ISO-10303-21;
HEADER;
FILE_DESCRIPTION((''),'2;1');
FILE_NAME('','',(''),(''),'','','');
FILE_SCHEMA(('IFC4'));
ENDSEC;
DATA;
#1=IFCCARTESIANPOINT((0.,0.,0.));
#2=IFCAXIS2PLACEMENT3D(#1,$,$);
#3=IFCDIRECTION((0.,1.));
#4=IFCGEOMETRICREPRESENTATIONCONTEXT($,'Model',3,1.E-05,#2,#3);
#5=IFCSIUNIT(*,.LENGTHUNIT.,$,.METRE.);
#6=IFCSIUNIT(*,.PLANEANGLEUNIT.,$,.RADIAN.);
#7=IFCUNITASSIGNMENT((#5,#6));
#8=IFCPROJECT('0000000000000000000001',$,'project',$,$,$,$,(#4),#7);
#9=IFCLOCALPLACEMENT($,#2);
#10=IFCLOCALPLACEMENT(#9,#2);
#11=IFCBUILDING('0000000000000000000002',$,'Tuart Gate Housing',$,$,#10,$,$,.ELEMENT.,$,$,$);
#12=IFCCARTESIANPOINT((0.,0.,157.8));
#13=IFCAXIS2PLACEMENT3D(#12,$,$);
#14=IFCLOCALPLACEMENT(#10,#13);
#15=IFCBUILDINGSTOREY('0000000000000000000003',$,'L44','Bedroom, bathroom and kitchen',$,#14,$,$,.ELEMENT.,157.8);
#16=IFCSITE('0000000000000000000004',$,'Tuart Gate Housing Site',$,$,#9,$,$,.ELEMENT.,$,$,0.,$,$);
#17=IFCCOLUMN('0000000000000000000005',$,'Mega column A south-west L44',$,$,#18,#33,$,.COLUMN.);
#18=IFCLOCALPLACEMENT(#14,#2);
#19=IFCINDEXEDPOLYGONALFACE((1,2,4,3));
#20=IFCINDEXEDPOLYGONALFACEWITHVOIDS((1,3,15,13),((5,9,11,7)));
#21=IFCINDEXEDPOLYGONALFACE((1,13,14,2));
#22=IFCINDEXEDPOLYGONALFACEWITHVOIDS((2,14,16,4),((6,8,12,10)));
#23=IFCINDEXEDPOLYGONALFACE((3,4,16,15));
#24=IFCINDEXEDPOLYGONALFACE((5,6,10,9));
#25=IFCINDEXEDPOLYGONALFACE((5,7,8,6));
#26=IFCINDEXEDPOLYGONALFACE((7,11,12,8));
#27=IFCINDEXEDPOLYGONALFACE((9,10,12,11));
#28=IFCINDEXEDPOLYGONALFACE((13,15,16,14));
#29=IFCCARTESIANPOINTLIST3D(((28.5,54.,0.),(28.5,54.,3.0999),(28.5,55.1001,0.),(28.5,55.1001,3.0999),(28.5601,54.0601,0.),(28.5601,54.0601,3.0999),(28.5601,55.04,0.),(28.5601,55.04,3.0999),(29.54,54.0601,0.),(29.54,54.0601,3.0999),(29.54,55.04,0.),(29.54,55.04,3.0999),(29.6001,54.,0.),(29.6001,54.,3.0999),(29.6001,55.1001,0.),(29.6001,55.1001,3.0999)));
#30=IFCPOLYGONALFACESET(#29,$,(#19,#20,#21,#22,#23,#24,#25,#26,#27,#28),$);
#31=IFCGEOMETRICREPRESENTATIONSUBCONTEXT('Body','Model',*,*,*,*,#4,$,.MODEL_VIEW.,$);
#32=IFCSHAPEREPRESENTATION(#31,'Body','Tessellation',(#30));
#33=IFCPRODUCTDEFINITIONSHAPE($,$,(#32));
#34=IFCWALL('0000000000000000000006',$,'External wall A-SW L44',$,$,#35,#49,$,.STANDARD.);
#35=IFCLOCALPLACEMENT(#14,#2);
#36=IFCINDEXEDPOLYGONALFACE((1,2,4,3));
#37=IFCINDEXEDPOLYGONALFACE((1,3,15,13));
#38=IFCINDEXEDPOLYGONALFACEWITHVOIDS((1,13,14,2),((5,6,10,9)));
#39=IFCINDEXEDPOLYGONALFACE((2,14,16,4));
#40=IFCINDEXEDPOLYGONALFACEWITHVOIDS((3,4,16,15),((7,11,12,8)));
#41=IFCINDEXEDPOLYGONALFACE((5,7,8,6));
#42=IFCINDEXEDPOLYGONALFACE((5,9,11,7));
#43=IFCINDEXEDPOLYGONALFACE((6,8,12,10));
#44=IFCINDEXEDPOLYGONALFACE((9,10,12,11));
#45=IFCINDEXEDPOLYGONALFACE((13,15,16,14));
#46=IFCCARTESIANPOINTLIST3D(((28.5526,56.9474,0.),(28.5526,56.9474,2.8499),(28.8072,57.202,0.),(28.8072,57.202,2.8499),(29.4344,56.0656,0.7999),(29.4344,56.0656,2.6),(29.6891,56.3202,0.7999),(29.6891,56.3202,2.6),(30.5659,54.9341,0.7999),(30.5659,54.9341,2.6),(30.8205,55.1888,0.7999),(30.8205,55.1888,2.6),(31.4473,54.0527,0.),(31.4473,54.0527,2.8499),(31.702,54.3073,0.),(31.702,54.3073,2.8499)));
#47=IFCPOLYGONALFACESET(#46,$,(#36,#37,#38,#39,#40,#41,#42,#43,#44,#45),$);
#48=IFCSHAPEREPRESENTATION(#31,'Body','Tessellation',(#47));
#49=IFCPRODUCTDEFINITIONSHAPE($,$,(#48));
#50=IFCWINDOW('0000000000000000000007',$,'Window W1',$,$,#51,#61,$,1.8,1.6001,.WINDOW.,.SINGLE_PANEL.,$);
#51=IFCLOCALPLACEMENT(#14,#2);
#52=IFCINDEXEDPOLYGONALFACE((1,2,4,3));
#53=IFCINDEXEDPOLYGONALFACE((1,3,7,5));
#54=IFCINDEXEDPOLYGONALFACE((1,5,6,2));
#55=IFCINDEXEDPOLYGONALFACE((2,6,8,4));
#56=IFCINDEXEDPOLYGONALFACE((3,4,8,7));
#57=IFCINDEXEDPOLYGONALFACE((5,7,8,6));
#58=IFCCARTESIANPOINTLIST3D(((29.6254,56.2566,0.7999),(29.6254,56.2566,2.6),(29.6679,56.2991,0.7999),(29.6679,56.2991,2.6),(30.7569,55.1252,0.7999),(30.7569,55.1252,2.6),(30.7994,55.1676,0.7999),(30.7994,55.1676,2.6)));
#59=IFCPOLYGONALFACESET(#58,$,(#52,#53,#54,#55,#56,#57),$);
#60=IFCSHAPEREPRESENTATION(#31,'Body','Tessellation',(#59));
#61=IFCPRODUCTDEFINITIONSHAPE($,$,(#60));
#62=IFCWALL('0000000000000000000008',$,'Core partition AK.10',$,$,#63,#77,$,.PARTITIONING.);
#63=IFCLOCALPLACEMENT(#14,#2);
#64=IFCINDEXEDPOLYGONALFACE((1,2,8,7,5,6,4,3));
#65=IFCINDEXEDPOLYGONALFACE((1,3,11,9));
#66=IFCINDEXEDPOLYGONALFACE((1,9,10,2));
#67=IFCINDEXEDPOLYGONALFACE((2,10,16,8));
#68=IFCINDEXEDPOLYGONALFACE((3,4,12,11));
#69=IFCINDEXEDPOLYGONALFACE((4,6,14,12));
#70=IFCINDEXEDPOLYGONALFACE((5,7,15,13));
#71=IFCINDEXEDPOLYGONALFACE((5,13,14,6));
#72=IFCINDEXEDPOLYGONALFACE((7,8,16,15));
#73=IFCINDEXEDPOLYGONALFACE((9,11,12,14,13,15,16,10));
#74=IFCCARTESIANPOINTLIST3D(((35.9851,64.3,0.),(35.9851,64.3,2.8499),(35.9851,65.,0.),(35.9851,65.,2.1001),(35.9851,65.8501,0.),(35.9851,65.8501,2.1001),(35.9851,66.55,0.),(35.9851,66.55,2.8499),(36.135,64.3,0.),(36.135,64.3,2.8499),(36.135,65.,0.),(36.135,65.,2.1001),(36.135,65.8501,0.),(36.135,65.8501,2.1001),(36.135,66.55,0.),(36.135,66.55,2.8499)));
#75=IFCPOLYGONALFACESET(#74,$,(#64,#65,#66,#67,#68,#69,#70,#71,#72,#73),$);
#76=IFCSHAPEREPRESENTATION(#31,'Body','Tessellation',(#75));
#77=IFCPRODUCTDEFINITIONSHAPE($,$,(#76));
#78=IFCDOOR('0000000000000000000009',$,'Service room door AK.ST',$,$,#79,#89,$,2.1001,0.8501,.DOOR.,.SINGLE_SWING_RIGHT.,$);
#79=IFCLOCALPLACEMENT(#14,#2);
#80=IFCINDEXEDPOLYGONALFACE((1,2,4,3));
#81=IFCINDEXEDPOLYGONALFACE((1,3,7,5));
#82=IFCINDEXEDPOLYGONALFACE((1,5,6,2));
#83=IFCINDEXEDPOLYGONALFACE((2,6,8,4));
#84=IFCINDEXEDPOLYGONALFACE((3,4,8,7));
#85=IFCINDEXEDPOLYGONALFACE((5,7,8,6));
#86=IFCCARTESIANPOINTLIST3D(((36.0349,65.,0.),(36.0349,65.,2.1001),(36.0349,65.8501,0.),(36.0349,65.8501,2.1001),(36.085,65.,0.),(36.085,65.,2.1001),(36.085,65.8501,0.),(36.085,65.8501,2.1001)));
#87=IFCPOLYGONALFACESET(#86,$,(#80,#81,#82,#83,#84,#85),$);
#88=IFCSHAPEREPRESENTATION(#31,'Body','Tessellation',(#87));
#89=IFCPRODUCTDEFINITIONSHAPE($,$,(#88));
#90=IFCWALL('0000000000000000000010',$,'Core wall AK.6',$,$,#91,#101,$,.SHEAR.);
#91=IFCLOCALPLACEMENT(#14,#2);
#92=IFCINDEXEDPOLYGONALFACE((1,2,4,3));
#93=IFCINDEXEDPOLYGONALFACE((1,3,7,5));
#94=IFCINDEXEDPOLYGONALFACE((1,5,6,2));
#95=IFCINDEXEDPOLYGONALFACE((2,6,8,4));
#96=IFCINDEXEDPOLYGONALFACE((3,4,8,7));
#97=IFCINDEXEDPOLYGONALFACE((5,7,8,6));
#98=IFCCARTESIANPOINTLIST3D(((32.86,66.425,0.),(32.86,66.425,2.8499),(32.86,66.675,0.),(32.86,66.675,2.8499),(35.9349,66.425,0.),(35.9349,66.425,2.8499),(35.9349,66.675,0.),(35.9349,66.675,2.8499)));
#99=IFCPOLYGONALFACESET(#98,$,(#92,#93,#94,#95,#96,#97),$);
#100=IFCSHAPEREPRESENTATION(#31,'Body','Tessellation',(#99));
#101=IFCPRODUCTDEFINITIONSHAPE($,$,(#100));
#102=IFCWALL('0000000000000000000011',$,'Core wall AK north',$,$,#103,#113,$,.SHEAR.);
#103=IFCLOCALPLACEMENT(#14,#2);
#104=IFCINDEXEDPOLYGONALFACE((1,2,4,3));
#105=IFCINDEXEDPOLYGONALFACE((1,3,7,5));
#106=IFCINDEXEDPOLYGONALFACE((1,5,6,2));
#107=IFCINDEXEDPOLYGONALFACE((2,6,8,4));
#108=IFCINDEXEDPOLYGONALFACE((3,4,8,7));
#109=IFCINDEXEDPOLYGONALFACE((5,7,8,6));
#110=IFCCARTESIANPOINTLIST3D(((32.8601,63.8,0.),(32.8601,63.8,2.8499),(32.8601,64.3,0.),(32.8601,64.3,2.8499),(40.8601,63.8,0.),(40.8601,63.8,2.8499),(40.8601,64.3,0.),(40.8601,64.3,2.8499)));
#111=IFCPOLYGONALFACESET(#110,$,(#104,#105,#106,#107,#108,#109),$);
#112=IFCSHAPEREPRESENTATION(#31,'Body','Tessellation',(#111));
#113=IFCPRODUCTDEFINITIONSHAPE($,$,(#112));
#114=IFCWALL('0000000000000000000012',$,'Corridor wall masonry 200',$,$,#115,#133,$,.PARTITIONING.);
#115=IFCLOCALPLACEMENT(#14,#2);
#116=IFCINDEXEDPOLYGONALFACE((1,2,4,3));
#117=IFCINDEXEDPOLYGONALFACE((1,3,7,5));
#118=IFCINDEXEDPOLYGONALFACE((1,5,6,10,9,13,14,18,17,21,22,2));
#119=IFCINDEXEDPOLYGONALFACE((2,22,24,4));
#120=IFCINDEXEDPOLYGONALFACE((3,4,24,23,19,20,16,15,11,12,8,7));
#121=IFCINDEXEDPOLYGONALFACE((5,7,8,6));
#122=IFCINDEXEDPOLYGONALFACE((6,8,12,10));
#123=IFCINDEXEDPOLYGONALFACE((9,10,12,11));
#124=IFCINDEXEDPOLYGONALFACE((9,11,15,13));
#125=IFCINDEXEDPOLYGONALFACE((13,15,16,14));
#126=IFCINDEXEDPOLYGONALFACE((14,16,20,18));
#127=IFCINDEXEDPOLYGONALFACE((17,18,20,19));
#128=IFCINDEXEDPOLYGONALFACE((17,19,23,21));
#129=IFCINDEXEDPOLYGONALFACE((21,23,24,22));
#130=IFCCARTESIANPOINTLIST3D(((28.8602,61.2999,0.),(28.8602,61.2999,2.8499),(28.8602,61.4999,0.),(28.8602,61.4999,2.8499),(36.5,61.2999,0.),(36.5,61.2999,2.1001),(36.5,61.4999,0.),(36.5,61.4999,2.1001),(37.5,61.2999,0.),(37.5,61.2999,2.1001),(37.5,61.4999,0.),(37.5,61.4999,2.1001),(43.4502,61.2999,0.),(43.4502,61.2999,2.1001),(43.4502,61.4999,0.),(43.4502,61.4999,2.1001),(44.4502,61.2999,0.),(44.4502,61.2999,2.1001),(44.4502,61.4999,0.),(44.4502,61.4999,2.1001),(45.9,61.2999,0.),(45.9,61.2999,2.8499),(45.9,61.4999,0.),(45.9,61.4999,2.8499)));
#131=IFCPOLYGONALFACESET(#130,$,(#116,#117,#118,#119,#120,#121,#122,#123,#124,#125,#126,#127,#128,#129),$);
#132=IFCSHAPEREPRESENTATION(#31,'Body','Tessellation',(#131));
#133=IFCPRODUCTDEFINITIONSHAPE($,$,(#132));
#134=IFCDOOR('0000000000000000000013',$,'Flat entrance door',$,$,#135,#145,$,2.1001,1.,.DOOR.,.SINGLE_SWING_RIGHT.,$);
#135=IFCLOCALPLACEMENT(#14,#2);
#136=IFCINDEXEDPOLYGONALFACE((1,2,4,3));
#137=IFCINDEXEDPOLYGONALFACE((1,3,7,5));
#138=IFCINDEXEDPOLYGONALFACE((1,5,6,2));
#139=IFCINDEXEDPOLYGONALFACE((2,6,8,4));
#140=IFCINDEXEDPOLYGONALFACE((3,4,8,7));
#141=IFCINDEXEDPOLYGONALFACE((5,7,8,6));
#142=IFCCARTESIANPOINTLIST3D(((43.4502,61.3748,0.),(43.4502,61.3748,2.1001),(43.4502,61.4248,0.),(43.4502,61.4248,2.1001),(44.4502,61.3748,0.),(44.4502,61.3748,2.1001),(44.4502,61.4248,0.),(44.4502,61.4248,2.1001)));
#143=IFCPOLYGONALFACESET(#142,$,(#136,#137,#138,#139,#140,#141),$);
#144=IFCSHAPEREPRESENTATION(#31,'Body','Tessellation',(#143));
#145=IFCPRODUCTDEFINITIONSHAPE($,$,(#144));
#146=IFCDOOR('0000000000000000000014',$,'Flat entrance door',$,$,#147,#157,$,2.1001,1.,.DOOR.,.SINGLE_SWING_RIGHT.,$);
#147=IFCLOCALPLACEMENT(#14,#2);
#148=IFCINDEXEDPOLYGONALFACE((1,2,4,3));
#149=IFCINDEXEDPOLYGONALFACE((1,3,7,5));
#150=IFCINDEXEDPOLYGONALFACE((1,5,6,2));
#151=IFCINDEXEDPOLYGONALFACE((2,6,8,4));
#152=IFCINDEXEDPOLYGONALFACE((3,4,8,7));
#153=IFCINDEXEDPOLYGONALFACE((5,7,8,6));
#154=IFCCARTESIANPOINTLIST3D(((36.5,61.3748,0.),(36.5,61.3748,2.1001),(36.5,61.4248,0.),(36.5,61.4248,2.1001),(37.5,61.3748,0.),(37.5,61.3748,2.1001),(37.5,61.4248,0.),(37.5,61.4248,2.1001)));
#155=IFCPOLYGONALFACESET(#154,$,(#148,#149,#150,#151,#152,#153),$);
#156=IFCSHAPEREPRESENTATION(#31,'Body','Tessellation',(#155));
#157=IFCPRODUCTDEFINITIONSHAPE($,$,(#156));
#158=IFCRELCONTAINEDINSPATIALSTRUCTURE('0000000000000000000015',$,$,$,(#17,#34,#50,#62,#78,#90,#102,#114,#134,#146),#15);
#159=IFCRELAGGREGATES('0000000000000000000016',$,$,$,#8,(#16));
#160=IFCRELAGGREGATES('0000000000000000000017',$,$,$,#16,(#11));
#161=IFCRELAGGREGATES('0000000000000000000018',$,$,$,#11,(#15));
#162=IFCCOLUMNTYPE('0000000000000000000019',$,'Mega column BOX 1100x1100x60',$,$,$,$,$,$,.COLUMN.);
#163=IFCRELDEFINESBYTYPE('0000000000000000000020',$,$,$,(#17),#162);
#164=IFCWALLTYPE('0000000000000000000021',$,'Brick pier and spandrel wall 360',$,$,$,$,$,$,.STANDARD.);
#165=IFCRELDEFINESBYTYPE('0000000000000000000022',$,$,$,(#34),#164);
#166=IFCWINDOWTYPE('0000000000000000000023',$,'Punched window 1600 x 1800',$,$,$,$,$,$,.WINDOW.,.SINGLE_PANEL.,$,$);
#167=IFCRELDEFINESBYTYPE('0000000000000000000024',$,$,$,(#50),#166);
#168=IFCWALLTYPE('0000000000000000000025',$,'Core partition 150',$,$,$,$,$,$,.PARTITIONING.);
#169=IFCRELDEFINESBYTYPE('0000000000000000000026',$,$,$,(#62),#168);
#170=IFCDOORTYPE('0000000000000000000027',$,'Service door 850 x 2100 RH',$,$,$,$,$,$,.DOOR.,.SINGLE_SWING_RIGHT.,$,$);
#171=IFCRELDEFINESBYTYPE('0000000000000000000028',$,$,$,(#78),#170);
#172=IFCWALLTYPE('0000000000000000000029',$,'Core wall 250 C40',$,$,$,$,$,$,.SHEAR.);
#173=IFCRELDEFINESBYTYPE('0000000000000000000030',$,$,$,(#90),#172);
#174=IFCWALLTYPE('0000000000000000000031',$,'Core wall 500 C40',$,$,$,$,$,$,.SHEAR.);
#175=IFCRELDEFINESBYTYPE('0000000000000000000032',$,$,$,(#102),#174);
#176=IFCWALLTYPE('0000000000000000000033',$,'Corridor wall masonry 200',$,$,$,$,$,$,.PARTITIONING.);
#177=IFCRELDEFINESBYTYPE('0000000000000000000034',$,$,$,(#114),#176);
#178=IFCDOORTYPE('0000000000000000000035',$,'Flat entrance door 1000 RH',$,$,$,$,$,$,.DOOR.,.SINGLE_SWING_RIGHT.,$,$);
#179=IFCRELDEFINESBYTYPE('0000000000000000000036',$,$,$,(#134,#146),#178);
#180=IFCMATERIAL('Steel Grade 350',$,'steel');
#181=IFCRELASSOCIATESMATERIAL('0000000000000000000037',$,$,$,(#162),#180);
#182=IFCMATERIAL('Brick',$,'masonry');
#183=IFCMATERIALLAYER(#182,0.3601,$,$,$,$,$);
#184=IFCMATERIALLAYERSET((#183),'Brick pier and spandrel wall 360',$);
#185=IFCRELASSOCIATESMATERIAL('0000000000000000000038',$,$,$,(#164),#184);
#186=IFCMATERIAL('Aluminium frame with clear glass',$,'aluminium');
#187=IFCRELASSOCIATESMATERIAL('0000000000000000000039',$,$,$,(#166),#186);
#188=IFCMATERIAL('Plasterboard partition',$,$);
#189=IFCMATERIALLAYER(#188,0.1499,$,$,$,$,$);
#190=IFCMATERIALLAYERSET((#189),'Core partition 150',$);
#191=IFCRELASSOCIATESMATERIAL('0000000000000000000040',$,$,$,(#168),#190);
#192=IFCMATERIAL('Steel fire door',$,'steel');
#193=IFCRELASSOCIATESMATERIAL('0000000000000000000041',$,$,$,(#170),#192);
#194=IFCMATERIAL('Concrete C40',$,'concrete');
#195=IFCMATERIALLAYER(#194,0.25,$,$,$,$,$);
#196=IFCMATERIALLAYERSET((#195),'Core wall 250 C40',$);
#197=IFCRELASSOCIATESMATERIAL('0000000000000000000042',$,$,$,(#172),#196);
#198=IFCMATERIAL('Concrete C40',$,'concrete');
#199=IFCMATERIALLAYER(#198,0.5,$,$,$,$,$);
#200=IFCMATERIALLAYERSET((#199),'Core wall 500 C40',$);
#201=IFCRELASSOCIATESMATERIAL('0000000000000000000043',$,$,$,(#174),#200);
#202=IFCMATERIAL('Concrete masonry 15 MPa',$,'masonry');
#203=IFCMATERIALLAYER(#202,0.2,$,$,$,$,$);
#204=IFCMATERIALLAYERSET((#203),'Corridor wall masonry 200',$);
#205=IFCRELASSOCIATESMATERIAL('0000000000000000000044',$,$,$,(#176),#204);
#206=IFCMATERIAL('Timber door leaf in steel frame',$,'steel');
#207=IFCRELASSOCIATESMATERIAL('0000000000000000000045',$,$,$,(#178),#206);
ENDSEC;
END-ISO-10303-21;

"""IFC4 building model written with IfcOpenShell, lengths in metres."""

from ifc_helpers import new_model, si_unit, direction, frame, frame_2d, origin, origin_2d, place, context, subcontext, project, spatial, rectangle, hollow_rectangle, extrude, material, layer, layer_set, material_profile, profile_set, type_object, element, fill, save


model = new_model("IFC4")

# Units and contexts
model_context = context("Model", 3, precision=1e-05, world=origin(), true_north=direction((0.0, 1.0)))
body_context = subcontext(model_context, "Body", "Model", "MODEL_VIEW")
ifc_project = project(units=[si_unit("LENGTHUNIT", "METRE"), si_unit("PLANEANGLEUNIT", "RADIAN")], contexts=[model_context])

# Site, building, storey
site_placement = place(None, origin())
site = spatial("IfcSite", under=ifc_project, at=site_placement, Name="Tuart Gate Housing Site", CompositionType="ELEMENT", RefElevation=0.0)
building_placement = place(site_placement, origin())
building = spatial("IfcBuilding", under=site, at=building_placement, Name="Tuart Gate Housing", CompositionType="ELEMENT")
storey_placement = place(building_placement, frame((0.0, 0.0, 157.8)))
storey = spatial("IfcBuildingStorey", under=building, at=storey_placement, Name="L44", Description="Bedroom, bathroom and kitchen", CompositionType="ELEMENT", Elevation=157.8)

# Column
ifc_material_1 = material(Name="Steel Grade 350", Category="steel")
ifc_material_profile = material_profile(ifc_material_1, hollow_rectangle(XDim=1.1001, YDim=1.1001, WallThickness=0.0601, at=origin_2d()), Name="BOX 1100x1100x60")
ifc_profile_set = profile_set([ifc_material_profile], Name="Steel Grade 350")
column_type = type_object("IfcColumnType", Name="Mega column BOX 1100x1100x60", PredefinedType="COLUMN", material=ifc_profile_set)
column_placement = place(storey_placement, frame((29.05, 54.55, 0.0), z_axis=(0.0, 0.0, 1.0), x_axis=(1.0, 0.0, 0.0)))
element("IfcColumn", 1, at=column_placement, inside=storey, type_object=column_type, Name="Mega column A south-west L44", PredefinedType="COLUMN", context=body_context, shape_type="SweptSolid", body=[
    extrude(hollow_rectangle(XDim=1.1001, YDim=1.1001, WallThickness=0.0601, at=origin_2d()), origin(), (0.0, 0.0, 1.0), 3.0999),
])

# Wall, opening, window
ifc_material_2 = material(Name="Brick", Category="masonry")
ifc_layer_1 = layer(ifc_material_2, 0.3601)
ifc_layer_set_1 = layer_set([ifc_layer_1], Name="Brick pier and spandrel wall 360")
wall_type_1 = type_object("IfcWallType", Name="Brick pier and spandrel wall 360", PredefinedType="STANDARD", material=ifc_layer_set_1)
wall_1_placement = place(storey_placement, frame((28.6799, 57.0747, 0.0), z_axis=(0.0, 0.0, 1.0), x_axis=(0.707107, -0.707107, 0.0)))
wall_1 = element("IfcWall", 2, at=wall_1_placement, inside=storey, type_object=wall_type_1, Name="External wall A-SW L44", PredefinedType="STANDARD", context=body_context, shape_type="SweptSolid", body=[
    extrude(rectangle(XDim=4.0938, YDim=0.3601, at=frame_2d((2.0469, 0.0))), origin(), (0.0, 0.0, 1.0), 2.8499),
])
opening_1_placement = place(wall_1_placement, frame((1.2471, 0.0, 0.8)))
opening_1 = element("IfcOpeningElement", 3, at=opening_1_placement, cuts=wall_1, PredefinedType="OPENING", context=body_context, shape_type="SweptSolid", body=[
    extrude(rectangle(XDim=1.6001, YDim=1.8, at=frame_2d((0.8, 0.8999))), frame((0.0, 0.1899, 0.0), z_axis=(0.0, -1.0, 0.0), x_axis=(1.0, 0.0, 0.0)), (0.0, 0.0, 1.0), 0.3801),
])
ifc_material_3 = material(Name="Aluminium frame with clear glass", Category="aluminium")
window_type = type_object("IfcWindowType", Name="Punched window 1600 x 1800", PartitioningType="SINGLE_PANEL", PredefinedType="WINDOW", material=ifc_material_3)
window_placement = place(opening_1_placement, origin())
window = element("IfcWindow", 4, at=window_placement, inside=storey, type_object=window_type, Name="Window W1", OverallHeight=1.8, OverallWidth=1.6001, PartitioningType="SINGLE_PANEL", PredefinedType="WINDOW", context=body_context, shape_type="SweptSolid", body=[
    extrude(rectangle(XDim=1.6001, YDim=1.8, at=frame_2d((0.8, 0.8999))), frame((0.0, 0.1501, 0.0), z_axis=(0.0, -1.0, 0.0), x_axis=(1.0, 0.0, 0.0)), (0.0, 0.0, 1.0), 0.0601),
])
fill(opening_1, window)

# Wall, opening, door
ifc_material_4 = material(Name="Plasterboard partition")
ifc_layer_2 = layer(ifc_material_4, 0.1499)
ifc_layer_set_2 = layer_set([ifc_layer_2], Name="Core partition 150")
wall_type_2 = type_object("IfcWallType", Name="Core partition 150", PredefinedType="PARTITIONING", material=ifc_layer_set_2)
wall_2_placement = place(storey_placement, frame((36.0601, 66.55, 0.0), z_axis=(0.0, 0.0, 1.0), x_axis=(0.0, -1.0, 0.0)))
wall_2 = element("IfcWall", 5, at=wall_2_placement, inside=storey, type_object=wall_type_2, Name="Core partition AK.10", PredefinedType="PARTITIONING", context=body_context, shape_type="SweptSolid", body=[
    extrude(rectangle(XDim=2.25, YDim=0.1499, at=frame_2d((1.125, 0.0))), origin(), (0.0, 0.0, 1.0), 2.8499),
])
opening_2_placement = place(wall_2_placement, frame((0.7, 0.0, 0.0)))
opening_2 = element("IfcOpeningElement", 6, at=opening_2_placement, cuts=wall_2, PredefinedType="OPENING", context=body_context, shape_type="SweptSolid", body=[
    extrude(rectangle(XDim=0.8501, YDim=2.1001, at=frame_2d((0.425, 1.05))), frame((0.0, 0.085, 0.0), z_axis=(0.0, -1.0, 0.0), x_axis=(1.0, 0.0, 0.0)), (0.0, 0.0, 1.0), 0.1699),
])
ifc_material_5 = material(Name="Steel fire door", Category="steel")
door_type_1 = type_object("IfcDoorType", Name="Service door 850 x 2100 RH", OperationType="SINGLE_SWING_RIGHT", PredefinedType="DOOR", material=ifc_material_5)
door_1_placement = place(opening_2_placement, frame((0.8501, 0.0, 0.0), z_axis=(0.0, 0.0, 1.0), x_axis=(-1.0, 0.0, 0.0)))
door_1 = element("IfcDoor", 7, at=door_1_placement, inside=storey, type_object=door_type_1, Name="Service room door AK.ST", OperationType="SINGLE_SWING_RIGHT", OverallHeight=2.1001, OverallWidth=0.8501, PredefinedType="DOOR", context=body_context, shape_type="SweptSolid", body=[
    extrude(rectangle(XDim=0.8501, YDim=2.1001, at=frame_2d((0.425, 1.05))), frame((0.0, 0.0251, 0.0), z_axis=(0.0, -1.0, 0.0), x_axis=(1.0, 0.0, 0.0)), (0.0, 0.0, 1.0), 0.05),
])
fill(opening_2, door_1)

# Walls
ifc_material_6 = material(Name="Concrete C40", Category="concrete")
ifc_layer_3 = layer(ifc_material_6, 0.25)
ifc_layer_set_3 = layer_set([ifc_layer_3], Name="Core wall 250 C40")
wall_type_3 = type_object("IfcWallType", Name="Core wall 250 C40", PredefinedType="SHEAR", material=ifc_layer_set_3)
wall_3_placement = place(storey_placement, frame((35.9351, 66.55, 0.0), z_axis=(0.0, 0.0, 1.0), x_axis=(-1.0, 0.0, 0.0)))
element("IfcWall", 8, at=wall_3_placement, inside=storey, type_object=wall_type_3, Name="Core wall AK.6", PredefinedType="SHEAR", context=body_context, shape_type="SweptSolid", body=[
    extrude(rectangle(XDim=3.075, YDim=0.25, at=frame_2d((1.5376, 0.0))), origin(), (0.0, 0.0, 1.0), 2.8499),
])
ifc_material_7 = material(Name="Concrete C40", Category="concrete")
ifc_layer_4 = layer(ifc_material_7, 0.5)
ifc_layer_set_4 = layer_set([ifc_layer_4], Name="Core wall 500 C40")
wall_type_4 = type_object("IfcWallType", Name="Core wall 500 C40", PredefinedType="SHEAR", material=ifc_layer_set_4)
wall_4_placement = place(storey_placement, frame((40.8601, 64.05, 0.0), z_axis=(0.0, 0.0, 1.0), x_axis=(-1.0, 0.0, 0.0)))
element("IfcWall", 9, at=wall_4_placement, inside=storey, type_object=wall_type_4, Name="Core wall AK north", PredefinedType="SHEAR", context=body_context, shape_type="SweptSolid", body=[
    extrude(rectangle(XDim=8.0, YDim=0.5, at=frame_2d((4.0, 0.0))), origin(), (0.0, 0.0, 1.0), 2.8499),
])

# Wall, openings, doors
ifc_material_8 = material(Name="Concrete masonry 15 MPa", Category="masonry")
ifc_layer_5 = layer(ifc_material_8, 0.2)
ifc_layer_set_5 = layer_set([ifc_layer_5], Name="Corridor wall masonry 200")
wall_type_5 = type_object("IfcWallType", Name="Corridor wall masonry 200", PredefinedType="PARTITIONING", material=ifc_layer_set_5)
wall_5_placement = place(storey_placement, frame((28.8601, 61.3999, 0.0), z_axis=(0.0, 0.0, 1.0), x_axis=(1.0, 0.0, 0.0)))
wall_5 = element("IfcWall", 10, at=wall_5_placement, inside=storey, type_object=wall_type_5, Name="Corridor wall masonry 200", PredefinedType="PARTITIONING", context=body_context, shape_type="SweptSolid", body=[
    extrude(rectangle(XDim=17.0398, YDim=0.2, at=frame_2d((8.52, 0.0))), origin(), (0.0, 0.0, 1.0), 2.8499),
])
opening_3_placement = place(wall_5_placement, frame((14.5901, 0.0, 0.0)))
opening_3 = element("IfcOpeningElement", 11, at=opening_3_placement, cuts=wall_5, PredefinedType="OPENING", context=body_context, shape_type="SweptSolid", body=[
    extrude(rectangle(XDim=1.0, YDim=2.1001, at=frame_2d((0.5, 1.05))), frame((0.0, 0.1099, 0.0), z_axis=(0.0, -1.0, 0.0), x_axis=(1.0, 0.0, 0.0)), (0.0, 0.0, 1.0), 0.22),
])
opening_4_placement = place(wall_5_placement, frame((7.6399, 0.0, 0.0)))
opening_4 = element("IfcOpeningElement", 12, at=opening_4_placement, cuts=wall_5, PredefinedType="OPENING", context=body_context, shape_type="SweptSolid", body=[
    extrude(rectangle(XDim=1.0, YDim=2.1001, at=frame_2d((0.5, 1.05))), frame((0.0, 0.1099, 0.0), z_axis=(0.0, -1.0, 0.0), x_axis=(1.0, 0.0, 0.0)), (0.0, 0.0, 1.0), 0.22),
])
ifc_material_9 = material(Name="Timber door leaf in steel frame", Category="steel")
door_type_2 = type_object("IfcDoorType", Name="Flat entrance door 1000 RH", OperationType="SINGLE_SWING_RIGHT", PredefinedType="DOOR", material=ifc_material_9)
door_2_placement = place(opening_3_placement, frame((1.0, 0.0, 0.0), z_axis=(0.0, 0.0, 1.0), x_axis=(-1.0, 0.0, 0.0)))
door_2 = element("IfcDoor", 13, at=door_2_placement, inside=storey, type_object=door_type_2, Name="Flat entrance door", OperationType="SINGLE_SWING_RIGHT", OverallHeight=2.1001, OverallWidth=1.0, PredefinedType="DOOR", context=body_context, shape_type="SweptSolid", body=[
    extrude(rectangle(XDim=1.0, YDim=2.1001, at=frame_2d((0.5, 1.05))), frame((0.0, 0.0251, 0.0), z_axis=(0.0, -1.0, 0.0), x_axis=(1.0, 0.0, 0.0)), (0.0, 0.0, 1.0), 0.05),
])
fill(opening_3, door_2)
door_3_placement = place(opening_4_placement, frame((1.0, 0.0, 0.0), z_axis=(0.0, 0.0, 1.0), x_axis=(-1.0, 0.0, 0.0)))
door_3 = element("IfcDoor", 14, at=door_3_placement, inside=storey, type_object=door_type_2, Name="Flat entrance door", OperationType="SINGLE_SWING_RIGHT", OverallHeight=2.1001, OverallWidth=1.0, PredefinedType="DOOR", context=body_context, shape_type="SweptSolid", body=[
    extrude(rectangle(XDim=1.0, YDim=2.1001, at=frame_2d((0.5, 1.05))), frame((0.0, 0.0251, 0.0), z_axis=(0.0, -1.0, 0.0), x_axis=(1.0, 0.0, 0.0)), (0.0, 0.0, 1.0), 0.05),
])
fill(opening_4, door_3)

save(model, "model.ifc")
